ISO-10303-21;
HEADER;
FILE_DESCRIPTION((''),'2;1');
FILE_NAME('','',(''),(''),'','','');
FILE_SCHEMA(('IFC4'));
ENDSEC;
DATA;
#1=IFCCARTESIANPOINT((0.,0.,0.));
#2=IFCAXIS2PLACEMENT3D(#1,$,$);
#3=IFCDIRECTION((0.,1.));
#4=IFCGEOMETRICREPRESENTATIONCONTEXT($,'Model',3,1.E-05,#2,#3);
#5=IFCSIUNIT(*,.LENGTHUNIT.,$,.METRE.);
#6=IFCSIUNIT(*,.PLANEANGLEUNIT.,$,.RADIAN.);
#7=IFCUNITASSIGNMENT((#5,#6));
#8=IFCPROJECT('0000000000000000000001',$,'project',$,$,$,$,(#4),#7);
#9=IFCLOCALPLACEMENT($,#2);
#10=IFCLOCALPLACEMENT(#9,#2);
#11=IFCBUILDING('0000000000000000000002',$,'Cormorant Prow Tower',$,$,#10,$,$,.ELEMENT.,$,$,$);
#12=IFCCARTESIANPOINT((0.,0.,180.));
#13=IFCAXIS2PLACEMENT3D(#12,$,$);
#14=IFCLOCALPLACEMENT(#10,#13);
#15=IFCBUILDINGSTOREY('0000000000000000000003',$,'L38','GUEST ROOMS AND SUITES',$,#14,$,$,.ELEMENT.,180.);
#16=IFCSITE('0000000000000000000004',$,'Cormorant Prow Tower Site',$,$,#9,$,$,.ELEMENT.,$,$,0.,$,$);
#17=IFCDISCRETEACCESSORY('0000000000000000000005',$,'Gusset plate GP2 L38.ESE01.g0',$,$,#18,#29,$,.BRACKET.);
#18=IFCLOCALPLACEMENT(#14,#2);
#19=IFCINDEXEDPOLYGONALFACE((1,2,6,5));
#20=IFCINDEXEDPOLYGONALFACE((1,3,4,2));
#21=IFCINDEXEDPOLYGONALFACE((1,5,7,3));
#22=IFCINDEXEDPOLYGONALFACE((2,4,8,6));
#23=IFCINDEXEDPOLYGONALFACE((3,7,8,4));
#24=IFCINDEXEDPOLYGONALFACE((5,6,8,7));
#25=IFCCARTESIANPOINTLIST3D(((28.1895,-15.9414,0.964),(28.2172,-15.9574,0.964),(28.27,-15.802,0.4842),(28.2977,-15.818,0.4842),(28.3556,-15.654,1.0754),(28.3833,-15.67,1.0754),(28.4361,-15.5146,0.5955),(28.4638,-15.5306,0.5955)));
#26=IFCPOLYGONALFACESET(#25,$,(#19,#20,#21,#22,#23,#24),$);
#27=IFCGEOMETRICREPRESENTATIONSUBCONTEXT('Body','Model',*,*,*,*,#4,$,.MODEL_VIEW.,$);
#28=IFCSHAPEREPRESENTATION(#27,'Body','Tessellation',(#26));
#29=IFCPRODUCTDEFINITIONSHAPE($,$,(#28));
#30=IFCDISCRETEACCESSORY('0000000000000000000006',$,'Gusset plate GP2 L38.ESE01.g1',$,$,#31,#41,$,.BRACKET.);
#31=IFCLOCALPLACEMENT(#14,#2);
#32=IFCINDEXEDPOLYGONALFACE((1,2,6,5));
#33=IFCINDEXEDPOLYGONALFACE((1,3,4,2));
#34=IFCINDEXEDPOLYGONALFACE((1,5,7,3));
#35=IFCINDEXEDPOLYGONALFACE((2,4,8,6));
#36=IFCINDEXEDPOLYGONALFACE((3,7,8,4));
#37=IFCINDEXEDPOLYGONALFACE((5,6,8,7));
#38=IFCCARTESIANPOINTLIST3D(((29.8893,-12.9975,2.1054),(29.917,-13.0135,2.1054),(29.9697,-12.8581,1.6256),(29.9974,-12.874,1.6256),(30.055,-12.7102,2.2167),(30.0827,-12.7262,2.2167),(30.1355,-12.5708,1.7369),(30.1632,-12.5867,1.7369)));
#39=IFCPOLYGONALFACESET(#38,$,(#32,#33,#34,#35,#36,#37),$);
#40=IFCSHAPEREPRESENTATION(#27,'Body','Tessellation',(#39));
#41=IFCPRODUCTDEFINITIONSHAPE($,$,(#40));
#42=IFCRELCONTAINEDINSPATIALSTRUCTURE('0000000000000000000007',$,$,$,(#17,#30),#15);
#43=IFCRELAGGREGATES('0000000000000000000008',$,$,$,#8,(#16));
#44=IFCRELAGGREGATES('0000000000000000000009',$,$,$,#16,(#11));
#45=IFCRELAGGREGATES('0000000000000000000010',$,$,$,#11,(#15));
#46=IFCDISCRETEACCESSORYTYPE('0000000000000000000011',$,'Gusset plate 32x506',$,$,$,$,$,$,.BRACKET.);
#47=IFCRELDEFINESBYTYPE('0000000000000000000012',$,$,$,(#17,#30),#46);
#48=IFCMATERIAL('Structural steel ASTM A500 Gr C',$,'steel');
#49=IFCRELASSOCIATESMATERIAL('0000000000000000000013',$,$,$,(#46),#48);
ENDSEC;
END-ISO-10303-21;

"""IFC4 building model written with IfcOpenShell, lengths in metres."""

from ifc_helpers import new_model, si_unit, direction, frame, origin, origin_2d, place, context, subcontext, project, spatial, rectangle, extrude, material, material_profile, profile_set, type_object, element, save


model = new_model("IFC4")

# Units and contexts
model_context = context("Model", 3, precision=1e-05, world=origin(), true_north=direction((0.0, 1.0)))
body_context = subcontext(model_context, "Body", "Model", "MODEL_VIEW")
ifc_project = project(units=[si_unit("LENGTHUNIT", "METRE"), si_unit("PLANEANGLEUNIT", "RADIAN")], contexts=[model_context])

# Site, building, storey
site_placement = place(None, origin())
site = spatial("IfcSite", under=ifc_project, at=site_placement, Name="Cormorant Prow Tower Site", CompositionType="ELEMENT", RefElevation=0.0)
building_placement = place(site_placement, origin())
building = spatial("IfcBuilding", under=site, at=building_placement, Name="Cormorant Prow Tower", CompositionType="ELEMENT")
storey_placement = place(building_placement, frame((0.0, 0.0, 180.0)))
storey = spatial("IfcBuildingStorey", under=building, at=storey_placement, Name="L38", Description="GUEST ROOMS AND SUITES", CompositionType="ELEMENT", Elevation=180.0)

# Discrete accessories
ifc_material_1 = material(Name="Structural steel ASTM A500 Gr C", Category="steel")
ifc_material_profile_1 = material_profile(ifc_material_1, rectangle(XDim=0.032, YDim=0.5061, at=origin_2d()), Name="Gusset plate 32x506")
ifc_profile_set_1 = profile_set([ifc_material_profile_1], Name="Structural steel ASTM A500 Gr C")
discrete_accessory_type = type_object("IfcDiscreteAccessoryType", Name="Gusset plate 32x506", PredefinedType="BRACKET", material=ifc_profile_set_1)
for number, where, z_axis, x_axis, name in (
    (1, (28.4097, -15.5923, 0.8354), (-0.474278, -0.820919, -0.318045), (0.865879, -0.500253, 0.0), "Gusset plate GP2 L38.ESE01.g0"),
):
    element("IfcDiscreteAccessory", number, at=place(storey_placement, frame(where, z_axis=z_axis, x_axis=x_axis)), inside=storey, type_object=discrete_accessory_type, Name=name, PredefinedType="BRACKET", context=body_context, shape_type="SweptSolid", body=[
        extrude(rectangle(XDim=0.032, YDim=0.5061, at=origin_2d()), origin(), (0.0, 0.0, 1.0), 0.3501),
    ])
discrete_accessory_1_placement = place(storey_placement, frame((29.9434, -12.9358, 1.8655), z_axis=(0.473737, 0.82119, 0.31815), x_axis=(-0.866198, 0.499701, 0.0)))
element("IfcDiscreteAccessory", 2, at=discrete_accessory_1_placement, inside=storey, type_object=discrete_accessory_type, Name="Gusset plate GP2 L38.ESE01.g1", PredefinedType="BRACKET", context=body_context, shape_type="SweptSolid", body=[
    extrude(rectangle(XDim=0.032, YDim=0.5061, at=origin_2d()), origin(), (0.0, 0.0, 1.0), 0.3499),
])

save(model, "model.ifc")
